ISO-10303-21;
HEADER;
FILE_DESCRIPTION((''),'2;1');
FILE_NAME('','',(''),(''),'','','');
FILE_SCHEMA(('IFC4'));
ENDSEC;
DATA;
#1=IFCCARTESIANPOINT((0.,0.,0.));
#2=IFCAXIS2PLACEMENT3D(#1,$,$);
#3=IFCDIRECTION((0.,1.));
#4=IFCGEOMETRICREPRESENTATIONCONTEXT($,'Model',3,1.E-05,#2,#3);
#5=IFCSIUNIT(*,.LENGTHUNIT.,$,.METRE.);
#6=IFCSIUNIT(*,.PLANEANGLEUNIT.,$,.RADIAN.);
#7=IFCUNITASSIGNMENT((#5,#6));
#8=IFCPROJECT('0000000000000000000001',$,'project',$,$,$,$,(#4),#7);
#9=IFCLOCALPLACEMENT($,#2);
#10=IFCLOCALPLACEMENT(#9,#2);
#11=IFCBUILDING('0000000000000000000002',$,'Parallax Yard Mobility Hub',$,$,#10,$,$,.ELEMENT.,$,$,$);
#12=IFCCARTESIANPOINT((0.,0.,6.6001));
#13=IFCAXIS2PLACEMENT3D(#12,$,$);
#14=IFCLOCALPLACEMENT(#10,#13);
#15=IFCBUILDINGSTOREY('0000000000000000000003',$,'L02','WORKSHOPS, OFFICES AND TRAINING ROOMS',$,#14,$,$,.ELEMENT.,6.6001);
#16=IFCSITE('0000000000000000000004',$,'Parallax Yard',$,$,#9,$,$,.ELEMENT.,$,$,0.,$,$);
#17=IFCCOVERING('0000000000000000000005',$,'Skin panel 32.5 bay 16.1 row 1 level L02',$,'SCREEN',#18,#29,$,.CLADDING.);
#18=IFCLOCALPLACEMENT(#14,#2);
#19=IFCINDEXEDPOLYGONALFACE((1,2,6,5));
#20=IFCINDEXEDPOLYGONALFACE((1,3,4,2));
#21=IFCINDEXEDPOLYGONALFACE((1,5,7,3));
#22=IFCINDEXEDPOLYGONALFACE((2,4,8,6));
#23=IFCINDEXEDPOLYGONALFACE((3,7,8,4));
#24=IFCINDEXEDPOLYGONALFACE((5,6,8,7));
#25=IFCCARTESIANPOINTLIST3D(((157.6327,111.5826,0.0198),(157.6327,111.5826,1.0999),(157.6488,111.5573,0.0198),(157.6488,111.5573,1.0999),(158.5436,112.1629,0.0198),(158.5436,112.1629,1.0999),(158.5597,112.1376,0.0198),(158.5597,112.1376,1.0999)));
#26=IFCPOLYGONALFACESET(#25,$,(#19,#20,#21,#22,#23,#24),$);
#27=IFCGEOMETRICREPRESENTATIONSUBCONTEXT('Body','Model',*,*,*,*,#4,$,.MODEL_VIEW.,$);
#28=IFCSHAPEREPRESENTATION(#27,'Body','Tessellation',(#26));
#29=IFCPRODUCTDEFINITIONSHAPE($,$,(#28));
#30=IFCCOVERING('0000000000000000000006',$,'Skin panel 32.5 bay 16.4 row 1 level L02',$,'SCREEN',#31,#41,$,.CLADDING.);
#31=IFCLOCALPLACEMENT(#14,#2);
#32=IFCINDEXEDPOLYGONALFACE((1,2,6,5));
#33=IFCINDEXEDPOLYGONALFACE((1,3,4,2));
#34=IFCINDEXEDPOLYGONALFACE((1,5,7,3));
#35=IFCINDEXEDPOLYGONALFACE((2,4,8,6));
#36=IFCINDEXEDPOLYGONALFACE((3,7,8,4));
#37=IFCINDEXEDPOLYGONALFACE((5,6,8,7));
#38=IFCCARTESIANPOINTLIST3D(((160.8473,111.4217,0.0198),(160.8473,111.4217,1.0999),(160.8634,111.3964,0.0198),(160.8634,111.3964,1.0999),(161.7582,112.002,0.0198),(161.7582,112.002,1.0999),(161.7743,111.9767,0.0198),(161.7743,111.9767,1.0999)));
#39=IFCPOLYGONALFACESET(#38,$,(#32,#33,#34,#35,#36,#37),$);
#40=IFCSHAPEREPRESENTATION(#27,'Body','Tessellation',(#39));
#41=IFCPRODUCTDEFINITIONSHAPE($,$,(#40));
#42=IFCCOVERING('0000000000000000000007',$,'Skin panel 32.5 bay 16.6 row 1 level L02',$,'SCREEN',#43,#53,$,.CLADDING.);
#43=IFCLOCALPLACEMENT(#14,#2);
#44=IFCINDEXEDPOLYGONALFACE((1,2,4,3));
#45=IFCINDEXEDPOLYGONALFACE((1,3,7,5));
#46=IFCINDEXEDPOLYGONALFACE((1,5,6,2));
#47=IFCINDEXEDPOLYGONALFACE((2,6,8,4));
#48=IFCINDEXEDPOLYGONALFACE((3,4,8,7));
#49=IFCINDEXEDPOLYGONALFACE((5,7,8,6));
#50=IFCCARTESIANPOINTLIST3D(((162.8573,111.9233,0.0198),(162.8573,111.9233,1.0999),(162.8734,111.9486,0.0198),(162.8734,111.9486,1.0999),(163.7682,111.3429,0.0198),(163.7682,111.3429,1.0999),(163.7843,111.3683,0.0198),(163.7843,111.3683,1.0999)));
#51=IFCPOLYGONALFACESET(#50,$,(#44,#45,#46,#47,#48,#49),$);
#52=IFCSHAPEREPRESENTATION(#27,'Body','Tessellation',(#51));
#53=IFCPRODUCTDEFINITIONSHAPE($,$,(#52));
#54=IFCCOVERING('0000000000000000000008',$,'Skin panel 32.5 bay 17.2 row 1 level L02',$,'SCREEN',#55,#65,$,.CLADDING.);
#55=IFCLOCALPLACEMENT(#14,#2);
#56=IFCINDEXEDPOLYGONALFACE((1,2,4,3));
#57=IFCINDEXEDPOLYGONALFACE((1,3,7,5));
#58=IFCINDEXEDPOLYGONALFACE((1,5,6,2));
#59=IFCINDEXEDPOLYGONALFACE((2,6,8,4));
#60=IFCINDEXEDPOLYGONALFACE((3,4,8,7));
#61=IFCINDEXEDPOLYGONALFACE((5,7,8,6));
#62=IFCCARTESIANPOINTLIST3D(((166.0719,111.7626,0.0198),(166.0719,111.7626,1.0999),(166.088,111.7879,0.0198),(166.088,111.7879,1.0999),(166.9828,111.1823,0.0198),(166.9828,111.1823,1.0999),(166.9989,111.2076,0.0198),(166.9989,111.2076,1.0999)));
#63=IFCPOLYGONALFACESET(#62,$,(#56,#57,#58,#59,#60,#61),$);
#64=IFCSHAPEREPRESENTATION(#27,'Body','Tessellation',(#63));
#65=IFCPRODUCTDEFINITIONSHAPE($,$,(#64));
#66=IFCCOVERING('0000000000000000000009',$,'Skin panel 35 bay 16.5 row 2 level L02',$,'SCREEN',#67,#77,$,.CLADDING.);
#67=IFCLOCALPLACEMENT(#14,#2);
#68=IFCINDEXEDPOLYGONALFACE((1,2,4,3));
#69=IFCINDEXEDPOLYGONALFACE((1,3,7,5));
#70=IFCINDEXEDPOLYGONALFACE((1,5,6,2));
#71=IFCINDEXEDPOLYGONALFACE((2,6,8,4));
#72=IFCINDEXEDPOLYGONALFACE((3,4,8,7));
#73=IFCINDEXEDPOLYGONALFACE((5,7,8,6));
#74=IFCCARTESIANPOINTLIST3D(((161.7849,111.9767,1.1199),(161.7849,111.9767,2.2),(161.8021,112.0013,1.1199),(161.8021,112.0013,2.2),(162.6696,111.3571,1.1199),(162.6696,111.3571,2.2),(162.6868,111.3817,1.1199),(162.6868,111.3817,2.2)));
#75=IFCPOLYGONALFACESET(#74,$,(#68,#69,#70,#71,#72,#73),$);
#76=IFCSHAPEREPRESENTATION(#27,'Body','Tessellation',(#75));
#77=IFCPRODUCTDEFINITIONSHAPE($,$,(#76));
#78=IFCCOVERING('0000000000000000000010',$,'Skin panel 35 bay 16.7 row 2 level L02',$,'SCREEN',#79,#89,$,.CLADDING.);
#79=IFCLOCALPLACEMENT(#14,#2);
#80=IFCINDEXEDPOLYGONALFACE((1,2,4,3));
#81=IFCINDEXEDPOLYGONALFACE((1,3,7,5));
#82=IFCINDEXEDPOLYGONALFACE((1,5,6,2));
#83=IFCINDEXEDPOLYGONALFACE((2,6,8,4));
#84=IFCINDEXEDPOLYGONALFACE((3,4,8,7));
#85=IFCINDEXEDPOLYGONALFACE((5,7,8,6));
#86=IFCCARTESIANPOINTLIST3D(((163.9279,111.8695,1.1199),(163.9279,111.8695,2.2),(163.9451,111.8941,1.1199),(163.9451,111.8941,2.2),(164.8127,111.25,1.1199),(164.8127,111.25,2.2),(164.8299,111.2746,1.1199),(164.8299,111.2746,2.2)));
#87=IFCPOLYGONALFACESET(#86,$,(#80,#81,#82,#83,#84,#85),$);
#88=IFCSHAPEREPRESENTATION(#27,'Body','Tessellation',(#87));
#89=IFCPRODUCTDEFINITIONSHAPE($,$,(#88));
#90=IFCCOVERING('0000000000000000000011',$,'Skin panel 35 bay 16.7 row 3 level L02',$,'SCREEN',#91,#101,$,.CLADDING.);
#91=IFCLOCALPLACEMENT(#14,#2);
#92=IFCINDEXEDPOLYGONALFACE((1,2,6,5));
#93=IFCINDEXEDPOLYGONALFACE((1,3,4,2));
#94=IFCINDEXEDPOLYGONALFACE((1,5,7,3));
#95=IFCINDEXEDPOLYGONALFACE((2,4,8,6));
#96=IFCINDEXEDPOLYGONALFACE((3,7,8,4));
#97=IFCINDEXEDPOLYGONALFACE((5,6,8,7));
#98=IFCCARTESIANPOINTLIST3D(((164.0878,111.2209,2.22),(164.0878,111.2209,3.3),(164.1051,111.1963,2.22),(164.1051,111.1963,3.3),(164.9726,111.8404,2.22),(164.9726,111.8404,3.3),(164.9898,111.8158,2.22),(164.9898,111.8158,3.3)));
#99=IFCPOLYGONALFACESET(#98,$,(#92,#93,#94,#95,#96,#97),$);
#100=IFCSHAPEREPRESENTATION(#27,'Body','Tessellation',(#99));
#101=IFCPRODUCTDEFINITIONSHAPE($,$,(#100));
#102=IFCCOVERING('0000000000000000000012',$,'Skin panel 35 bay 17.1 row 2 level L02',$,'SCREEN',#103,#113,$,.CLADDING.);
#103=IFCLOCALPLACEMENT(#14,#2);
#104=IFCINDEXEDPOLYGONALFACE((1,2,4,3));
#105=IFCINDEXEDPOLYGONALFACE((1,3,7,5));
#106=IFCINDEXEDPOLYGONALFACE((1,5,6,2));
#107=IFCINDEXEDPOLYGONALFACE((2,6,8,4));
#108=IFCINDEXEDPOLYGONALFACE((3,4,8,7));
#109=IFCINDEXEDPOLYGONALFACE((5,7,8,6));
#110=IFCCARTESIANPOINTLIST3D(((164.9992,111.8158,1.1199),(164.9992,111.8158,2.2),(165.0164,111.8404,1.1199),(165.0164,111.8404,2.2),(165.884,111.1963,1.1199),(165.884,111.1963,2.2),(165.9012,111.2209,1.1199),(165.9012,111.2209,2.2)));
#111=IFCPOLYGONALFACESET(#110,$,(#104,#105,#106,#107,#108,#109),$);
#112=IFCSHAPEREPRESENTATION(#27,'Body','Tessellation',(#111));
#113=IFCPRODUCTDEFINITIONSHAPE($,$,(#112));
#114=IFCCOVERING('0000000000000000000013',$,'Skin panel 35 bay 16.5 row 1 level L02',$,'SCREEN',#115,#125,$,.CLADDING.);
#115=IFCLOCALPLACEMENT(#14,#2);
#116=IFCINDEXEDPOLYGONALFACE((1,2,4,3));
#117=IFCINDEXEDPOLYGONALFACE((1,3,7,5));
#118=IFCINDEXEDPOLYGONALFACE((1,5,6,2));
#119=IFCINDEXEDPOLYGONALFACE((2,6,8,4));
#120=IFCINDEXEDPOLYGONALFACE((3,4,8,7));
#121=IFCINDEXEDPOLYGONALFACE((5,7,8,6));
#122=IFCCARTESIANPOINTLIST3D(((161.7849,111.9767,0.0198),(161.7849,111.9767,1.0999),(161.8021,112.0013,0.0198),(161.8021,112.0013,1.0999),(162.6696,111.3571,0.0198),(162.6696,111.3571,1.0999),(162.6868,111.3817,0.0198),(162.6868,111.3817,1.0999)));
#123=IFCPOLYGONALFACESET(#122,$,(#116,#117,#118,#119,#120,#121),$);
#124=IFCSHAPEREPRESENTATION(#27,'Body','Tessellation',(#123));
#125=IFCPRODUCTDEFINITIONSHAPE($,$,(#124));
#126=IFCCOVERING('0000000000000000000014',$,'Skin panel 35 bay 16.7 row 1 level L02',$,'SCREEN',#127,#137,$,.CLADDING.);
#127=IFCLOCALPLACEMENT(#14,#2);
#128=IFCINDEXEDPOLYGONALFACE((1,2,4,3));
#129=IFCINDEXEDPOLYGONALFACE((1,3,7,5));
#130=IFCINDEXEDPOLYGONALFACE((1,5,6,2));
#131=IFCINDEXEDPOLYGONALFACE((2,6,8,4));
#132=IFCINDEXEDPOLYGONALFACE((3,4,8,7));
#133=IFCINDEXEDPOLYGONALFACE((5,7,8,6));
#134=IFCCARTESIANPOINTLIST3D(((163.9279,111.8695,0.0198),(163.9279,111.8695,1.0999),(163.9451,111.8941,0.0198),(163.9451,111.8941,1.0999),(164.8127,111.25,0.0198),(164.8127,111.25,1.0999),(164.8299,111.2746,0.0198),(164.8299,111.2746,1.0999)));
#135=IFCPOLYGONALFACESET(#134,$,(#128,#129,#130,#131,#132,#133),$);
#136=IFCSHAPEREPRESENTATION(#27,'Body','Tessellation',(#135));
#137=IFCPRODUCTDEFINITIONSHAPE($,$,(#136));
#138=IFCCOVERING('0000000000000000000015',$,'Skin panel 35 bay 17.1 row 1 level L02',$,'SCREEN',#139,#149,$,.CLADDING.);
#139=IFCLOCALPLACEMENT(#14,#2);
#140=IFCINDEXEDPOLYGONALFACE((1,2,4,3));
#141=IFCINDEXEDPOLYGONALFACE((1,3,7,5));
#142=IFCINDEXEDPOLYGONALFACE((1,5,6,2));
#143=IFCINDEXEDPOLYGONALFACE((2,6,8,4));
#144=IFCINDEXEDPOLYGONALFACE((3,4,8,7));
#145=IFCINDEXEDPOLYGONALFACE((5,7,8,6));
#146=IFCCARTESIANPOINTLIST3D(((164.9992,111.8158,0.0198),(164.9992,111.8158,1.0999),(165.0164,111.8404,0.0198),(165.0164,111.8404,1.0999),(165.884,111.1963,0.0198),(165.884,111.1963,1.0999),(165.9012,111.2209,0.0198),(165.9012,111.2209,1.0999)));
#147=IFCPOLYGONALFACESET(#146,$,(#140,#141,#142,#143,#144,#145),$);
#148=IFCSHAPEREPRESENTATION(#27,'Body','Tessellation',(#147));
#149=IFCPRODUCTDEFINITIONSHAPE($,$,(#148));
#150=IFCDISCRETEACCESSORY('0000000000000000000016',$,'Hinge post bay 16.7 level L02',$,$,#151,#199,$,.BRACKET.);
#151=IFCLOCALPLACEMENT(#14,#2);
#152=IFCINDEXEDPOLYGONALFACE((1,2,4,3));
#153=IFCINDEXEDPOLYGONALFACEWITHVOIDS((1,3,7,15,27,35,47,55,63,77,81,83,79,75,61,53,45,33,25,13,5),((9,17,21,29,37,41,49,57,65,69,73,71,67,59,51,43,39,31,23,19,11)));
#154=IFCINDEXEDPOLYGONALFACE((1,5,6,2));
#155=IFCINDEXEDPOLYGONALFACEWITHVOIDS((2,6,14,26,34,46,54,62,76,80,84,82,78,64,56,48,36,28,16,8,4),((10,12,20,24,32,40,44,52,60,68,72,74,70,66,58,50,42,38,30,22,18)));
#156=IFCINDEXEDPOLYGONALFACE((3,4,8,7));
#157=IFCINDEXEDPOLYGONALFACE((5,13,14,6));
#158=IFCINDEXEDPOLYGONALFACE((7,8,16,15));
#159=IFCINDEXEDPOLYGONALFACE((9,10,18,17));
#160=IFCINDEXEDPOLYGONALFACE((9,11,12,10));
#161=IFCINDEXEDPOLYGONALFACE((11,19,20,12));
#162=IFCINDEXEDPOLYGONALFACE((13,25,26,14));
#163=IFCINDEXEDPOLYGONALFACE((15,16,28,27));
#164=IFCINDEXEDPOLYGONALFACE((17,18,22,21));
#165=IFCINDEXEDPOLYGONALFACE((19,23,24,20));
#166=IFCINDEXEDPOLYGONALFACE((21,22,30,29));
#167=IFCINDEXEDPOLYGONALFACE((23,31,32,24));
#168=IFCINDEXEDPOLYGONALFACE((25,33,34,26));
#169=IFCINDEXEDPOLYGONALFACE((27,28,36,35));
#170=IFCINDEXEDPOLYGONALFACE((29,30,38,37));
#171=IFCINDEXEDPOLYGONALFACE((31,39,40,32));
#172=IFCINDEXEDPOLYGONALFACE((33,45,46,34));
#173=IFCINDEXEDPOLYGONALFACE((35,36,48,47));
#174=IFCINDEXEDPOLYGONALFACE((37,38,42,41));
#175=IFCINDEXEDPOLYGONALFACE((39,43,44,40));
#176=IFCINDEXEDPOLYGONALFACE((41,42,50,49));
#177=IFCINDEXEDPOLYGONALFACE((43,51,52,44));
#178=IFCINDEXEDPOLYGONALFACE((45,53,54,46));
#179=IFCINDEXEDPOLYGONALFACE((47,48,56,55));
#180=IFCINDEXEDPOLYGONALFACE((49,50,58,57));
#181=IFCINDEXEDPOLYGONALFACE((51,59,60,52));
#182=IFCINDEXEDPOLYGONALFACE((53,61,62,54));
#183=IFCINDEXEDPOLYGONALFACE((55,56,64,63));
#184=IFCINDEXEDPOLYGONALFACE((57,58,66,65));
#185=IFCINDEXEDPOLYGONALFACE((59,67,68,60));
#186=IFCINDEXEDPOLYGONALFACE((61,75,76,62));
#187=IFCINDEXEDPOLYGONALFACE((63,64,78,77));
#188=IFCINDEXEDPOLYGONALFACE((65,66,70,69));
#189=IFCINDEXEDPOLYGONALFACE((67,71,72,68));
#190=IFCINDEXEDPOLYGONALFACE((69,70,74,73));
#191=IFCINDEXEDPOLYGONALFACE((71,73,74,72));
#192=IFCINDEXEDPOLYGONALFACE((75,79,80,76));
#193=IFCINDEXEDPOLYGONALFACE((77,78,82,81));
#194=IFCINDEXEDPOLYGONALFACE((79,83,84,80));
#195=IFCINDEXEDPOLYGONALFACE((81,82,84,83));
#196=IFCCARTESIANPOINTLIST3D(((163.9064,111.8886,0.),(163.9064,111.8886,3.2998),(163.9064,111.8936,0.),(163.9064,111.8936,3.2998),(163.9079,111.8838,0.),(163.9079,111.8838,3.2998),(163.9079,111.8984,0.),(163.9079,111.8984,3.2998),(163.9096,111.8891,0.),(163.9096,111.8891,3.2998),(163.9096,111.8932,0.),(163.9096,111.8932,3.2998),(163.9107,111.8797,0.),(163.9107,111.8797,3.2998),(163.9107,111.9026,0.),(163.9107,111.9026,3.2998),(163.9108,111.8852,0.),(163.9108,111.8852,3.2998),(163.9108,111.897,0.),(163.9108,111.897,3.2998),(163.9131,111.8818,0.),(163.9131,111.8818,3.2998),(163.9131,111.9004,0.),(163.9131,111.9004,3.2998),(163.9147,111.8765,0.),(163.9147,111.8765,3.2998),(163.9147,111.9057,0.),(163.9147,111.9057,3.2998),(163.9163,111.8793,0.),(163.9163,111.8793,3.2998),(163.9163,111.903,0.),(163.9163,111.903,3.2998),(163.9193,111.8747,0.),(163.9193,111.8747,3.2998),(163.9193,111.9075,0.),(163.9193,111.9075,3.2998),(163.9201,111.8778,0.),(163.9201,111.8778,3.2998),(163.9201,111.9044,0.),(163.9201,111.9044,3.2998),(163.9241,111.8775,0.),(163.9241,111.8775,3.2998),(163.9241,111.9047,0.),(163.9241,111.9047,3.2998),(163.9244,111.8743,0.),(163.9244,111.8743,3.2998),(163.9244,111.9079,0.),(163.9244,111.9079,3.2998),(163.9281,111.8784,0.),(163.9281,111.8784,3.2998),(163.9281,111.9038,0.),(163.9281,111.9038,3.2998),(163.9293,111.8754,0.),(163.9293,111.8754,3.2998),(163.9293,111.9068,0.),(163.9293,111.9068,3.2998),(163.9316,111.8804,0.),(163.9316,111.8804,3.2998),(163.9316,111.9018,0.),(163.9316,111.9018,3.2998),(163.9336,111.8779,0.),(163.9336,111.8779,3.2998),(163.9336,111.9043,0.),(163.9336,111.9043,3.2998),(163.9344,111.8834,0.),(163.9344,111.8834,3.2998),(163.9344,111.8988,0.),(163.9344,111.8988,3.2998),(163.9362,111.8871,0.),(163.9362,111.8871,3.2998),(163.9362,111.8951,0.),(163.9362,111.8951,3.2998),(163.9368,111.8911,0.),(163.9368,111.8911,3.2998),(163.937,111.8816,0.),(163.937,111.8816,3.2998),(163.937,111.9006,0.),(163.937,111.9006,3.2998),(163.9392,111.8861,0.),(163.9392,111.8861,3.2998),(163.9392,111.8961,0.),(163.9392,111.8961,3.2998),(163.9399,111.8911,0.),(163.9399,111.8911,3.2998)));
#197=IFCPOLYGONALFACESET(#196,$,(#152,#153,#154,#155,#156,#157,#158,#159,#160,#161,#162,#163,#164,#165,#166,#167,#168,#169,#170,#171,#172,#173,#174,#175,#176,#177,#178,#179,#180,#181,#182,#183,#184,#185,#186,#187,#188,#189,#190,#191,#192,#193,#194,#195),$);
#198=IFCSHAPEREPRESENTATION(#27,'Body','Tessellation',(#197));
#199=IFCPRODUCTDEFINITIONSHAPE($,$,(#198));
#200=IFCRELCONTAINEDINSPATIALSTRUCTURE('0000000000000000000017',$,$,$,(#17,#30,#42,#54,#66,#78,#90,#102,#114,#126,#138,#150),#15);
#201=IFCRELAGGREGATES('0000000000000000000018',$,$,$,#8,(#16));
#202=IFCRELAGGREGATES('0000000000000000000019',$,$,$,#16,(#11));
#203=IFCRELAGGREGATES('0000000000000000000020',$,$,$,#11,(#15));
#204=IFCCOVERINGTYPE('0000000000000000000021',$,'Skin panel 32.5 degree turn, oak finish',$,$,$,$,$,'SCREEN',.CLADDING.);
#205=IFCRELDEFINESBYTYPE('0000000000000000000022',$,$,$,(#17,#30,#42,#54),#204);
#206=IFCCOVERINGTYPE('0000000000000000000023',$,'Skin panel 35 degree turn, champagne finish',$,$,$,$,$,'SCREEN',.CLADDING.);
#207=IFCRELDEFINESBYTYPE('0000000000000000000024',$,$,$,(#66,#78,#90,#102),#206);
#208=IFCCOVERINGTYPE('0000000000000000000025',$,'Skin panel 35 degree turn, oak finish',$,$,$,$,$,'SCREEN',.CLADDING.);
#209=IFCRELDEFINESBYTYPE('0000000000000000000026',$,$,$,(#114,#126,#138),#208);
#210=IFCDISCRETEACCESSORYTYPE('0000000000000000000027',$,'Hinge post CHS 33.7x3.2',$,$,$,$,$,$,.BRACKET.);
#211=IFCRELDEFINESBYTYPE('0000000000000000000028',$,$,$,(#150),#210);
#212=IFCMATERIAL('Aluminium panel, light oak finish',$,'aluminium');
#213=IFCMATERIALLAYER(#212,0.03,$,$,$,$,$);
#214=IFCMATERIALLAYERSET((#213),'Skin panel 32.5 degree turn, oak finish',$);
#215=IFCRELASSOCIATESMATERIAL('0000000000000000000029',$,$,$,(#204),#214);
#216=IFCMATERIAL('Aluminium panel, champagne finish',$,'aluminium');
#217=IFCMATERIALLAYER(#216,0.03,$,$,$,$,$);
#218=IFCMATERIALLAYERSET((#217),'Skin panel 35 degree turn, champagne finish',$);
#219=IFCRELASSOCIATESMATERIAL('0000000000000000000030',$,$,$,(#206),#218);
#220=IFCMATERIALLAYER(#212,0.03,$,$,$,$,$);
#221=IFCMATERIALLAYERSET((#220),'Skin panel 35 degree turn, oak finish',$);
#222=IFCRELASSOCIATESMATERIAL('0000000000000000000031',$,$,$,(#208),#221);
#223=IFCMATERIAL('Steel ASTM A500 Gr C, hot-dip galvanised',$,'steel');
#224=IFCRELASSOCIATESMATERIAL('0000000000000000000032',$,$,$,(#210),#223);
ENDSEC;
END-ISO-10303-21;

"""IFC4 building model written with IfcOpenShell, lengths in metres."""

from ifc_helpers import new_model, si_unit, direction, frame, origin, origin_2d, place, context, subcontext, project, spatial, rectangle, hollow_circle, extrude, material, layer, layer_set, material_profile, profile_set, type_object, element, save


model = new_model("IFC4")

# Units and contexts
model_context = context("Model", 3, precision=1e-05, world=origin(), true_north=direction((0.0, 1.0)))
body_context = subcontext(model_context, "Body", "Model", "MODEL_VIEW")
ifc_project = project(units=[si_unit("LENGTHUNIT", "METRE"), si_unit("PLANEANGLEUNIT", "RADIAN")], contexts=[model_context])

# Site, building, storey
site_placement = place(None, origin())
site = spatial("IfcSite", under=ifc_project, at=site_placement, Name="Parallax Yard", CompositionType="ELEMENT", RefElevation=0.0)
building_placement = place(site_placement, origin())
building = spatial("IfcBuilding", under=site, at=building_placement, Name="Parallax Yard Mobility Hub", CompositionType="ELEMENT")
storey_placement = place(building_placement, frame((0.0, 0.0, 6.6001)))
storey = spatial("IfcBuildingStorey", under=building, at=storey_placement, Name="L02", Description="WORKSHOPS, OFFICES AND TRAINING ROOMS", CompositionType="ELEMENT", Elevation=6.6001)

# Coverings
ifc_material_1 = material(Name="Aluminium panel, champagne finish", Category="aluminium")
ifc_material_2 = material(Name="Aluminium panel, light oak finish", Category="aluminium")
ifc_layer_1 = layer(ifc_material_2, 0.03)
ifc_layer_set_1 = layer_set([ifc_layer_1], Name="Skin panel 32.5 degree turn, oak finish")
covering_type_1 = type_object("IfcCoveringType", Name="Skin panel 32.5 degree turn, oak finish", ElementType="SCREEN", PredefinedType="CLADDING", material=ifc_layer_set_1)
for number, where, z_axis, x_axis, name in (
    (1, (158.0962, 111.8601, 0.0198), (0.0, 0.0, 1.0), (-0.843391, -0.5373, 0.0), "Skin panel 32.5 bay 16.1 row 1 level L02"),
    (2, (161.3108, 111.6992, 0.0198), (0.0, 0.0, 1.0), (-0.843391, -0.5373, 0.0), "Skin panel 32.5 bay 16.4 row 1 level L02"),
    (3, (163.3208, 111.6458, 0.0198), (0.0, 0.0, 1.0), (0.843391, -0.5373, 0.0), "Skin panel 32.5 bay 16.6 row 1 level L02"),
    (4, (166.5354, 111.4851, 0.0198), (0.0, 0.0, 1.0), (0.843391, -0.5373, 0.0), "Skin panel 32.5 bay 17.2 row 1 level L02"),
):
    element("IfcCovering", number, at=place(storey_placement, frame(where, z_axis=z_axis, x_axis=x_axis)), inside=storey, type_object=covering_type_1, Name=name, ObjectType="SCREEN", PredefinedType="CLADDING", context=body_context, shape_type="SweptSolid", body=[
        extrude(rectangle(XDim=1.0801, YDim=0.03, at=origin_2d()), origin(), (0.0, 0.0, 1.0), 1.0801),
    ])
ifc_layer_2 = layer(ifc_material_1, 0.03)
ifc_layer_set_2 = layer_set([ifc_layer_2], Name="Skin panel 35 degree turn, champagne finish")
covering_type_2 = type_object("IfcCoveringType", Name="Skin panel 35 degree turn, champagne finish", ElementType="SCREEN", PredefinedType="CLADDING", material=ifc_layer_set_2)
for number, where, z_axis, x_axis, name in (
    (5, (162.2358, 111.6792, 1.1199), (0.0, 0.0, 1.0), (0.819152, -0.573576, 0.0), "Skin panel 35 bay 16.5 row 2 level L02"),
    (6, (164.3789, 111.572, 1.1199), (0.0, 0.0, 1.0), (0.819152, -0.573576, 0.0), "Skin panel 35 bay 16.7 row 2 level L02"),
    (7, (164.5388, 111.5183, 2.22), (0.0, 0.0, 1.0), (-0.819152, -0.573576, 0.0), "Skin panel 35 bay 16.7 row 3 level L02"),
    (8, (165.4502, 111.5183, 1.1199), (0.0, 0.0, 1.0), (0.819152, -0.573576, 0.0), "Skin panel 35 bay 17.1 row 2 level L02"),
):
    element("IfcCovering", number, at=place(storey_placement, frame(where, z_axis=z_axis, x_axis=x_axis)), inside=storey, type_object=covering_type_2, Name=name, ObjectType="SCREEN", PredefinedType="CLADDING", context=body_context, shape_type="SweptSolid", body=[
        extrude(rectangle(XDim=1.0801, YDim=0.03, at=origin_2d()), origin(), (0.0, 0.0, 1.0), 1.0801),
    ])
ifc_layer_3 = layer(ifc_material_2, 0.03)
ifc_layer_set_3 = layer_set([ifc_layer_3], Name="Skin panel 35 degree turn, oak finish")
covering_type_3 = type_object("IfcCoveringType", Name="Skin panel 35 degree turn, oak finish", ElementType="SCREEN", PredefinedType="CLADDING", material=ifc_layer_set_3)
for number, where, z_axis, x_axis, name in (
    (9, (162.2358, 111.6792, 0.0198), (0.0, 0.0, 1.0), (0.819152, -0.573576, 0.0), "Skin panel 35 bay 16.5 row 1 level L02"),
    (10, (164.3789, 111.572, 0.0198), (0.0, 0.0, 1.0), (0.819152, -0.573576, 0.0), "Skin panel 35 bay 16.7 row 1 level L02"),
    (11, (165.4502, 111.5183, 0.0198), (0.0, 0.0, 1.0), (0.819152, -0.573576, 0.0), "Skin panel 35 bay 17.1 row 1 level L02"),
):
    element("IfcCovering", number, at=place(storey_placement, frame(where, z_axis=z_axis, x_axis=x_axis)), inside=storey, type_object=covering_type_3, Name=name, ObjectType="SCREEN", PredefinedType="CLADDING", context=body_context, shape_type="SweptSolid", body=[
        extrude(rectangle(XDim=1.0801, YDim=0.03, at=origin_2d()), origin(), (0.0, 0.0, 1.0), 1.0801),
    ])

# Discrete accessory
ifc_material_3 = material(Name="Steel ASTM A500 Gr C, hot-dip galvanised", Category="steel")
ifc_material_profile = material_profile(ifc_material_3, hollow_circle(Radius=0.0168, WallThickness=0.0032, at=origin_2d()), Name="CHS 33.7x3.2")
ifc_profile_set = profile_set([ifc_material_profile], Name="Steel ASTM A500 Gr C, hot-dip galvanised")
discrete_accessory_type = type_object("IfcDiscreteAccessoryType", Name="Hinge post CHS 33.7x3.2", PredefinedType="BRACKET", material=ifc_profile_set)
for number, where, z_axis, x_axis, name in (
    (12, (163.9231, 111.8911, 0.0), (0.0, 0.0, 1.0), (1.0, 0.0, 0.0), "Hinge post bay 16.7 level L02"),
):
    element("IfcDiscreteAccessory", number, at=place(storey_placement, frame(where, z_axis=z_axis, x_axis=x_axis)), inside=storey, type_object=discrete_accessory_type, Name=name, PredefinedType="BRACKET", context=body_context, shape_type="SweptSolid", body=[
        extrude(hollow_circle(Radius=0.0168, WallThickness=0.0032, at=origin_2d()), origin(), (0.0, 0.0, 1.0), 3.2998),
    ])

save(model, "model.ifc")
